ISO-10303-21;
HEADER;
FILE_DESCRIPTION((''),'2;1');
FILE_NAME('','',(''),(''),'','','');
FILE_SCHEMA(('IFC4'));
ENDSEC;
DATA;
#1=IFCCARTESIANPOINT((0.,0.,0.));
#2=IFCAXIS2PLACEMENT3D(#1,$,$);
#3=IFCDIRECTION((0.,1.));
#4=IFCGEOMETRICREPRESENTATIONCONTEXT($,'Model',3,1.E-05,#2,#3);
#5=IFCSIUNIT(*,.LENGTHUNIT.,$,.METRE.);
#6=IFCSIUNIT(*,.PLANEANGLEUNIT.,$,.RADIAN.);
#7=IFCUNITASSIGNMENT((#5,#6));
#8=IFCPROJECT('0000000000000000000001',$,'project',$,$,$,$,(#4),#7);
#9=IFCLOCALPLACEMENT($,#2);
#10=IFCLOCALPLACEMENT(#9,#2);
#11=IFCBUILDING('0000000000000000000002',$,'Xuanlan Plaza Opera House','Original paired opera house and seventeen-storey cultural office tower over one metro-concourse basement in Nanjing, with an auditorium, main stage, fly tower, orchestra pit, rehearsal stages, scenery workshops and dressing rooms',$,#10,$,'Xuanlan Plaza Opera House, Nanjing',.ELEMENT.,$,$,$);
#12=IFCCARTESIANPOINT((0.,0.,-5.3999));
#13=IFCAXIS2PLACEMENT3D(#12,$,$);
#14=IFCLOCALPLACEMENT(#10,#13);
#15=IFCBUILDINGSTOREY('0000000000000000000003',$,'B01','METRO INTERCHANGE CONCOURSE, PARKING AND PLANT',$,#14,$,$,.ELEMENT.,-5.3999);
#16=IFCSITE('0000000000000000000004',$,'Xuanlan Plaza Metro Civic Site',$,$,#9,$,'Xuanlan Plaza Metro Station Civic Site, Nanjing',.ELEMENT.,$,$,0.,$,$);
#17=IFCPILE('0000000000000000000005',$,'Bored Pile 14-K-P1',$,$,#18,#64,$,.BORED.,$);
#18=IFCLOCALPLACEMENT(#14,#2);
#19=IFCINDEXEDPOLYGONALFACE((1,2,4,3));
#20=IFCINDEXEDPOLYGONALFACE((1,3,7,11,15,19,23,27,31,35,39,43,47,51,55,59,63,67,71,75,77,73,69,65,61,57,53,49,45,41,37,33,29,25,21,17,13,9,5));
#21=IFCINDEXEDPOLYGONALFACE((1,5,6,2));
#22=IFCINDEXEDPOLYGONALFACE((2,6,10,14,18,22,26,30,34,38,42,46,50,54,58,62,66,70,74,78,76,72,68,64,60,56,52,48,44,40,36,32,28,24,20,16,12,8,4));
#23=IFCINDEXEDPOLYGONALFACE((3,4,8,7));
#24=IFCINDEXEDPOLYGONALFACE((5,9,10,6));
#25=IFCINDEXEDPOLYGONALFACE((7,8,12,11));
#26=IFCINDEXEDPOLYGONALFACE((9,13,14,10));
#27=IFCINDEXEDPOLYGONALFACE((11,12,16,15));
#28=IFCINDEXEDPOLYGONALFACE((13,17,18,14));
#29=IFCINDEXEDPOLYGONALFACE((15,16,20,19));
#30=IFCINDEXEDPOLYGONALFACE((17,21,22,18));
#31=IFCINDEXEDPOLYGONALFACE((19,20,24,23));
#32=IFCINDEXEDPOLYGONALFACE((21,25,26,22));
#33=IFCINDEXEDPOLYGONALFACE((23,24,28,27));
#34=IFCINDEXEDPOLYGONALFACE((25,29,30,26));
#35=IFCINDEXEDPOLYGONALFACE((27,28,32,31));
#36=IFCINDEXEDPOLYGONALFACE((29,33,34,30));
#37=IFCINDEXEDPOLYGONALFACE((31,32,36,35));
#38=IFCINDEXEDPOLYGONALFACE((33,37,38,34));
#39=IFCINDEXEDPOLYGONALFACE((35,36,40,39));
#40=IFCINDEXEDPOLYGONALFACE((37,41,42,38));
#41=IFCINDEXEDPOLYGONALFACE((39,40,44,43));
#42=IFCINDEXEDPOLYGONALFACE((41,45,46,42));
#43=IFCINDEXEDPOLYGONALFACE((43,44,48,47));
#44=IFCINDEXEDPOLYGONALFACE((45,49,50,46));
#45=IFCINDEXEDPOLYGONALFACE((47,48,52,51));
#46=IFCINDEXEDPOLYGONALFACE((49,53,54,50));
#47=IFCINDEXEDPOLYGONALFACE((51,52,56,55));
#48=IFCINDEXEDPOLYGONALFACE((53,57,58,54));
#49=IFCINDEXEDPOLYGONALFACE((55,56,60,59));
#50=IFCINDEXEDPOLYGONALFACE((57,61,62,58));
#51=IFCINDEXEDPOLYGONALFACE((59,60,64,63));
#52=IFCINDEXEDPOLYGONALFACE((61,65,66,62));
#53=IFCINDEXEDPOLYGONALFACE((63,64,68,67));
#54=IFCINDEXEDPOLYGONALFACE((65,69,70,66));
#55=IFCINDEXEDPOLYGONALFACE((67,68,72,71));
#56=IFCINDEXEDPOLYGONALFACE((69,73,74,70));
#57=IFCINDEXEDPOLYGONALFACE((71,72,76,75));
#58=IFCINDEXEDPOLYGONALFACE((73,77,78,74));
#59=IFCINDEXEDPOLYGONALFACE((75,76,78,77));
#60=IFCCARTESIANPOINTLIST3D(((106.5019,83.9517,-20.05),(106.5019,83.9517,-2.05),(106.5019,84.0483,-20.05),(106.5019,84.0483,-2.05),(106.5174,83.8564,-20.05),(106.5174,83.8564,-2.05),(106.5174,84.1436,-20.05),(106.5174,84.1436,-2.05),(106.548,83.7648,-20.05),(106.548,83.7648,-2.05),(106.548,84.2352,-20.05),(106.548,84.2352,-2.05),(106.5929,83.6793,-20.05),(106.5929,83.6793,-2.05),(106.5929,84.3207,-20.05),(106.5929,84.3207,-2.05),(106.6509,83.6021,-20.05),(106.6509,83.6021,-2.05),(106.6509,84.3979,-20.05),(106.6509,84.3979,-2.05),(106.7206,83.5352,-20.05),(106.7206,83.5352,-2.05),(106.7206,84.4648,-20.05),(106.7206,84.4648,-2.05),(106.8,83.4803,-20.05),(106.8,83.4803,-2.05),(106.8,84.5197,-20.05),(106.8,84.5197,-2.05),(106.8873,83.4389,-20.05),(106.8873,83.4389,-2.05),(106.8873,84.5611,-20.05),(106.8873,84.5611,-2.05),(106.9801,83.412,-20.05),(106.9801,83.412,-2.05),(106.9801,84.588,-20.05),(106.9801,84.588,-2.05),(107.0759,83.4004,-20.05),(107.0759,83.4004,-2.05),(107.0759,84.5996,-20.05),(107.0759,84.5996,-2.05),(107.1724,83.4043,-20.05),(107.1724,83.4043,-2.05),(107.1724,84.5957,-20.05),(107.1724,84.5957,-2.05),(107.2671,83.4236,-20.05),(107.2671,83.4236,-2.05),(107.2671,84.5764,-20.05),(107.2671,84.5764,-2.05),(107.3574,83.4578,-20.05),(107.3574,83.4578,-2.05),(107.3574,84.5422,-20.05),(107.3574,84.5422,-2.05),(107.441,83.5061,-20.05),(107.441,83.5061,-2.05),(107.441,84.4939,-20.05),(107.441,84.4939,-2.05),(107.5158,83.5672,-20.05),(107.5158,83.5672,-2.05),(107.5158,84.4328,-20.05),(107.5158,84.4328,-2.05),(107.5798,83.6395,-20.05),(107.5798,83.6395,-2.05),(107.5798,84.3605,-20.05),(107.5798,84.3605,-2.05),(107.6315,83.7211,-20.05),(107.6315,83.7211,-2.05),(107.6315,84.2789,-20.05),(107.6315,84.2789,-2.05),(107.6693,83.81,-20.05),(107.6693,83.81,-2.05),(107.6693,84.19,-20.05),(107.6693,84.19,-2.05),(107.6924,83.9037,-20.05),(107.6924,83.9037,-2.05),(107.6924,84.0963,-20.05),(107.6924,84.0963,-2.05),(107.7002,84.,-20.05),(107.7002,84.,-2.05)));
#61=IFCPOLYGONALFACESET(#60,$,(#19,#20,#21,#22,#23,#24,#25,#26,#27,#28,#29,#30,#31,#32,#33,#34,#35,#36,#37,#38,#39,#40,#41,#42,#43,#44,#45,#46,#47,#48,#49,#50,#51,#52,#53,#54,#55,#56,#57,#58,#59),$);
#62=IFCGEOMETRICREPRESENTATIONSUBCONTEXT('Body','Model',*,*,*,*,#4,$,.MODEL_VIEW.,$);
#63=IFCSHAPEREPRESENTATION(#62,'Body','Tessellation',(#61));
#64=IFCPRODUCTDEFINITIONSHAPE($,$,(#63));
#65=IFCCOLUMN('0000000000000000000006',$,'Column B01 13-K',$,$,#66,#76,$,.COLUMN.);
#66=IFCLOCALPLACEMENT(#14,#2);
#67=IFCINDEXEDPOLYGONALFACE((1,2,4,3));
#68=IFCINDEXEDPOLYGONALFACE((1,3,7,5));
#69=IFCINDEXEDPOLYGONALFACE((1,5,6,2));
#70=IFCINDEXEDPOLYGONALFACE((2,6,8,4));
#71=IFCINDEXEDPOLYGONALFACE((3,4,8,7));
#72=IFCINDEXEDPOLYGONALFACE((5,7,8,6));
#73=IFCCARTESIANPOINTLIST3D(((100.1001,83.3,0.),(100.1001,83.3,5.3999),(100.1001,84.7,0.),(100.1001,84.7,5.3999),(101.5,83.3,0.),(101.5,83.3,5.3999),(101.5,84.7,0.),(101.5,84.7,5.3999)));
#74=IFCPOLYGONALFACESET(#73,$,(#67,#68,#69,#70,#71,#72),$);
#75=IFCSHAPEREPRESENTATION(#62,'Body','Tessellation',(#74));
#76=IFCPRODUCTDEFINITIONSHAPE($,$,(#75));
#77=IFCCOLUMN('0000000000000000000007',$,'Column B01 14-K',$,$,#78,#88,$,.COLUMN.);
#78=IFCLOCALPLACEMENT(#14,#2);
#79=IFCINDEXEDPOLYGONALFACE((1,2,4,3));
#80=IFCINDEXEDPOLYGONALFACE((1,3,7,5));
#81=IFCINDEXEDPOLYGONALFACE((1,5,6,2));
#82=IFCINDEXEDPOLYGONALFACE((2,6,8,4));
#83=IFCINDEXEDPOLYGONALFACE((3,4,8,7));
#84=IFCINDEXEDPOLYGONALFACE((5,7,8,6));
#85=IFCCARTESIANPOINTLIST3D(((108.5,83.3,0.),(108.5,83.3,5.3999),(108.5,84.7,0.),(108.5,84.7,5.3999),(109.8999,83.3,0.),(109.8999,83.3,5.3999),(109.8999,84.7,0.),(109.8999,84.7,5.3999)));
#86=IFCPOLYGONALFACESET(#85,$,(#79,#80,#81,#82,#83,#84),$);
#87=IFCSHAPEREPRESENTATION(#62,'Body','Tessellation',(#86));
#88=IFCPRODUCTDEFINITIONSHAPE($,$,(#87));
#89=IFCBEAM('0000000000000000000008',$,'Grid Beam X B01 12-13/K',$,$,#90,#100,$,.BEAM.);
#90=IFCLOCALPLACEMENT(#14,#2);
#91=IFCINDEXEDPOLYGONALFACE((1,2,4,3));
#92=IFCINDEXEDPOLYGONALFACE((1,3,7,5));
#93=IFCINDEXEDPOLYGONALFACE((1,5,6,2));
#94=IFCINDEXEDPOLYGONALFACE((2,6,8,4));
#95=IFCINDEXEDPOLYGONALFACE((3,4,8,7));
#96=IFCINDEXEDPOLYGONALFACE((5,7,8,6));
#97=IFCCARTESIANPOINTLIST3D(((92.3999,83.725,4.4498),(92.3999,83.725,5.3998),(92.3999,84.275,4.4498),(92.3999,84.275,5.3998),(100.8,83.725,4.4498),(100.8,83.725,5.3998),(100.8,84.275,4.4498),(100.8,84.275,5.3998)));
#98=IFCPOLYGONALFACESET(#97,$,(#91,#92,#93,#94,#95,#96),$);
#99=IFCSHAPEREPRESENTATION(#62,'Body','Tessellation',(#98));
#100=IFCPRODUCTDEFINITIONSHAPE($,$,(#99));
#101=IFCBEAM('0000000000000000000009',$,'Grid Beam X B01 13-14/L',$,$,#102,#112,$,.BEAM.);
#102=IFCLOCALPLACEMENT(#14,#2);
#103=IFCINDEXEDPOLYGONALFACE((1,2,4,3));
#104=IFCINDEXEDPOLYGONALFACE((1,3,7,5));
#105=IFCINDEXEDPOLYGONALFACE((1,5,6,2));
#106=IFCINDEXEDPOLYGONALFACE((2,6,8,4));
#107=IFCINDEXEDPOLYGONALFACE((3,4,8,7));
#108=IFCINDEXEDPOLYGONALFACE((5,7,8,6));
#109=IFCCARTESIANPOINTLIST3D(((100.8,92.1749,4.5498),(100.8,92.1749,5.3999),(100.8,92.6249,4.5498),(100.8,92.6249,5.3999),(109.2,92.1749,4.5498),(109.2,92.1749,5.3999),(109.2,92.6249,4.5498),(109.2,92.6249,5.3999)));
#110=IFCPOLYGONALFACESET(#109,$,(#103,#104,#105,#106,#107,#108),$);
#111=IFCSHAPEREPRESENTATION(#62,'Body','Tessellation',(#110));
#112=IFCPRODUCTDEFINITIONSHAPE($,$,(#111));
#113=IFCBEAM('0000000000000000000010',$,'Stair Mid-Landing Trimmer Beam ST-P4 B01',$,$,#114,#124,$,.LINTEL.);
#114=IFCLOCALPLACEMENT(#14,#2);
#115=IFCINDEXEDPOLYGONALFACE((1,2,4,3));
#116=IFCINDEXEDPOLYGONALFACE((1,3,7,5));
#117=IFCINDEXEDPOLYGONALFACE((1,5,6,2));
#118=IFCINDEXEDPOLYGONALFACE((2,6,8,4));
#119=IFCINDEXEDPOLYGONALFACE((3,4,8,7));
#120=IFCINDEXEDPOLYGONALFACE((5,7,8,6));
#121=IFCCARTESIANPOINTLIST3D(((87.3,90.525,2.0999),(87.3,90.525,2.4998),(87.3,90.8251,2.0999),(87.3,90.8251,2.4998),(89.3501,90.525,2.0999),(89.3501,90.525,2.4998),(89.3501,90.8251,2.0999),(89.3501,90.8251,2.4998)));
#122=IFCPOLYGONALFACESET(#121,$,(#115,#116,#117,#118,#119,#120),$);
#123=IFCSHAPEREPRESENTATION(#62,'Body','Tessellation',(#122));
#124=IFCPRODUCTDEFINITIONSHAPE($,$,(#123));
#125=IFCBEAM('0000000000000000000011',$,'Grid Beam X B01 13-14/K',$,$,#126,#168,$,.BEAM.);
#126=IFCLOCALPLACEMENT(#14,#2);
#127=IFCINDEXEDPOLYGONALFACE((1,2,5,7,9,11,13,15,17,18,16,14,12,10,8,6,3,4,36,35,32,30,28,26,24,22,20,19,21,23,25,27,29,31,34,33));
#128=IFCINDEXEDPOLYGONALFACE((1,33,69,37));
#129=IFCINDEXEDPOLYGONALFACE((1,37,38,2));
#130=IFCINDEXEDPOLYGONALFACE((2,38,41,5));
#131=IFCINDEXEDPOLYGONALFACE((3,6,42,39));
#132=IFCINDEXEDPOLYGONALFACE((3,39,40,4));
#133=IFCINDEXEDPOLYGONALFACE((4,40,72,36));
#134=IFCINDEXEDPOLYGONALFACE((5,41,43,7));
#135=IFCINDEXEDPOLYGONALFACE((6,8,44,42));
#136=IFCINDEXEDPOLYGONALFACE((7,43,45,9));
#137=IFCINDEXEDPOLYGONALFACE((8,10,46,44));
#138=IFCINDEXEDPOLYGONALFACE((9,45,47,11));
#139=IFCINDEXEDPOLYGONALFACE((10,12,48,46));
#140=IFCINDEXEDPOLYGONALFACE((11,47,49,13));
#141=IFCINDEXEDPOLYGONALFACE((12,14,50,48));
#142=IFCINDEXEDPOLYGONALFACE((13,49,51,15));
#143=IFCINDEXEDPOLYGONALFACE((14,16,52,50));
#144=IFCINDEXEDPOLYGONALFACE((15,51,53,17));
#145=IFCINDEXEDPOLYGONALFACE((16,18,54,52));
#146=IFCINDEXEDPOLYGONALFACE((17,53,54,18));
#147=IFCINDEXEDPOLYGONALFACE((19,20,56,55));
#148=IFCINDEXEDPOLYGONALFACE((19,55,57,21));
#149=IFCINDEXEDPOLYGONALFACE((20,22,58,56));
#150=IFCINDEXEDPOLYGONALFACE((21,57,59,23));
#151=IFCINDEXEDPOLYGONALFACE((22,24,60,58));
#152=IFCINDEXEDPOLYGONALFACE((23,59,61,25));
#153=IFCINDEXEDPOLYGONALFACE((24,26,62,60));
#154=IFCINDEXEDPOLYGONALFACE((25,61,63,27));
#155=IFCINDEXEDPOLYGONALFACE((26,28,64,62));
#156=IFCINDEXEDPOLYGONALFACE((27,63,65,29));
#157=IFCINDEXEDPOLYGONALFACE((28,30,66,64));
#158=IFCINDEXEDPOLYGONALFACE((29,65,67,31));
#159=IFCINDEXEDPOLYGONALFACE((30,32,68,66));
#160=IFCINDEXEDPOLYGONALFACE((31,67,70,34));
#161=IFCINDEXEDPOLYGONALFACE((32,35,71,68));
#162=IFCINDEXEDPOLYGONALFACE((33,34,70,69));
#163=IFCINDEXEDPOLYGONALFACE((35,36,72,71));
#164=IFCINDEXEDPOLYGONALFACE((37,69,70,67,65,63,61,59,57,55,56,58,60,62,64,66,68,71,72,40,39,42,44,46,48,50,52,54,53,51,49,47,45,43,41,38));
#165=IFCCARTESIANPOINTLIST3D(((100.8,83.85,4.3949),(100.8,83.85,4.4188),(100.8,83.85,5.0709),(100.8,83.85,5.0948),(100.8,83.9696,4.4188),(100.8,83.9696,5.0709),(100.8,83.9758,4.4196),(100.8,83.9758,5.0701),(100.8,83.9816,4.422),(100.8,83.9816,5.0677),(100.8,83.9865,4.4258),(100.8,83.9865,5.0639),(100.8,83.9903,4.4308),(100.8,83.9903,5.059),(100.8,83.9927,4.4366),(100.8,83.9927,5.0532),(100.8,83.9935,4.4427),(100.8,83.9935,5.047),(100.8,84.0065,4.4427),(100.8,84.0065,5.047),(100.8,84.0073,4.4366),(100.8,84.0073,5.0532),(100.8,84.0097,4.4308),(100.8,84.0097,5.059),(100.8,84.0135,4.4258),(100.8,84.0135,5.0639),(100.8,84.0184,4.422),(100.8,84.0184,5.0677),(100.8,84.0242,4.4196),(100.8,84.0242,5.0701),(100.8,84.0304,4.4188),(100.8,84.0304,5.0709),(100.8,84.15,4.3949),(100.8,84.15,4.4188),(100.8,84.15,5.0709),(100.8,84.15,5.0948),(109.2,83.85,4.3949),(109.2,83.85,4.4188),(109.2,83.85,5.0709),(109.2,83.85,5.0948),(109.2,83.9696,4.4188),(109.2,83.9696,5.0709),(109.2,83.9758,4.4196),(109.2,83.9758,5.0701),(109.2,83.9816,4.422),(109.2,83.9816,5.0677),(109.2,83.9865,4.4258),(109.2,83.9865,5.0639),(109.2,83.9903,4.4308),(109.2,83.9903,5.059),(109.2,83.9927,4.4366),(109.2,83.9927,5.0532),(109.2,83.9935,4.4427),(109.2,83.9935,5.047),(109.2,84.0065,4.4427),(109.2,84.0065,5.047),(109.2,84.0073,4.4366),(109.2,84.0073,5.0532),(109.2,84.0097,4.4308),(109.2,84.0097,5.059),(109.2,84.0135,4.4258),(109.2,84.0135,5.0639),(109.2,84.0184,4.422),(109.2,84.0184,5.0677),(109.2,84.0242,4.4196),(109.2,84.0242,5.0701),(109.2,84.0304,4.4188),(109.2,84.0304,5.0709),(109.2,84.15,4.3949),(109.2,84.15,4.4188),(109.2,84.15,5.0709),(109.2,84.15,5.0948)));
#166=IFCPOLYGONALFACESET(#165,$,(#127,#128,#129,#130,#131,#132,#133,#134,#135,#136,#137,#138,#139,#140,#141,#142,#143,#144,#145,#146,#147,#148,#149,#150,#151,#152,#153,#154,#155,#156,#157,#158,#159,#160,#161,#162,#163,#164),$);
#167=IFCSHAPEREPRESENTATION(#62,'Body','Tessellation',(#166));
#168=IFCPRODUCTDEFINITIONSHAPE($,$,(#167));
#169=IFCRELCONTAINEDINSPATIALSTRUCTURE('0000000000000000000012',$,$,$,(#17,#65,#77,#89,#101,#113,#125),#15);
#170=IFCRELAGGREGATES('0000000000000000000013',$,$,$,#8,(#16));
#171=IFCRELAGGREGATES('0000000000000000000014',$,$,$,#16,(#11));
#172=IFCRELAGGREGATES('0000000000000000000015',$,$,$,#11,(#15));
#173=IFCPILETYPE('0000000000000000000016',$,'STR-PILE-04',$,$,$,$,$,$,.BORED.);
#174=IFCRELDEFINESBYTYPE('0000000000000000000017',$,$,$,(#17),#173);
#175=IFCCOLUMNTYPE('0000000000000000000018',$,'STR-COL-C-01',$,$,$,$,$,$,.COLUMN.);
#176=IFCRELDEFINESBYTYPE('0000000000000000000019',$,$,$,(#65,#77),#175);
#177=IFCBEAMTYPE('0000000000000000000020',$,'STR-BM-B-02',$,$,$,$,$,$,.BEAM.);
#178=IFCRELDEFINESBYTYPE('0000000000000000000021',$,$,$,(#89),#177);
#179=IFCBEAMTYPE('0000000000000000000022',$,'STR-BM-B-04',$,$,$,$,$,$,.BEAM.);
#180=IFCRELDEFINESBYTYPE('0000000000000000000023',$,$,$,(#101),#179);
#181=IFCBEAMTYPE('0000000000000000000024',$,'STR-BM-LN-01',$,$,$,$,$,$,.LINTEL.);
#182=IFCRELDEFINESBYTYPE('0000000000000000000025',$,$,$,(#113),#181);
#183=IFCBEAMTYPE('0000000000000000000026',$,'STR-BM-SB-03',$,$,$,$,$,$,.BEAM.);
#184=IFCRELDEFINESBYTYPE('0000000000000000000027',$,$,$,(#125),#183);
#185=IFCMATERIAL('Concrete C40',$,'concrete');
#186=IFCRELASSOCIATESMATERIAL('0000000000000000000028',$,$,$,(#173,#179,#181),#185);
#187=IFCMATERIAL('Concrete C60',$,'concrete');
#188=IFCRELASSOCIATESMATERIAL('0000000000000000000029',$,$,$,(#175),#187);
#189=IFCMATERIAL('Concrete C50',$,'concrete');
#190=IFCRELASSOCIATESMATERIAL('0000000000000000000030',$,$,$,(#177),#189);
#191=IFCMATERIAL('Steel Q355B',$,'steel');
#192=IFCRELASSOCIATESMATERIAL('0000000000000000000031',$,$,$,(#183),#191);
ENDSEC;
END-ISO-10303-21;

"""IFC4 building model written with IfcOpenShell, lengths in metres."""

from ifc_helpers import new_model, si_unit, direction, frame, origin, origin_2d, place, context, subcontext, project, spatial, rectangle, circle, i_section, extrude, material, material_profile, profile_set, type_object, element, save


model = new_model("IFC4")

# Units and contexts
model_context = context("Model", 3, precision=1e-05, world=origin(), true_north=direction((0.0, 1.0)))
body_context = subcontext(model_context, "Body", "Model", "MODEL_VIEW")
ifc_project = project(units=[si_unit("LENGTHUNIT", "METRE"), si_unit("PLANEANGLEUNIT", "RADIAN")], contexts=[model_context])

# Site, building, storey
site_placement = place(None, origin())
site = spatial("IfcSite", under=ifc_project, at=site_placement, Name="Xuanlan Plaza Metro Civic Site", LongName="Xuanlan Plaza Metro Station Civic Site, Nanjing", CompositionType="ELEMENT", RefElevation=0.0)
building_placement = place(site_placement, origin())
building = spatial("IfcBuilding", under=site, at=building_placement, Name="Xuanlan Plaza Opera House", Description="Original paired opera house and seventeen-storey cultural office tower over one metro-concourse basement in Nanjing, with an auditorium, main stage, fly tower, orchestra pit, rehearsal stages, scenery workshops and dressing rooms", LongName="Xuanlan Plaza Opera House, Nanjing", CompositionType="ELEMENT")
storey_placement = place(building_placement, frame((0.0, 0.0, -5.3999)))
storey = spatial("IfcBuildingStorey", under=building, at=storey_placement, Name="B01", Description="METRO INTERCHANGE CONCOURSE, PARKING AND PLANT", CompositionType="ELEMENT", Elevation=-5.3999)

# Shared definitions
ifc_material_1 = material(Name="Concrete C50", Category="concrete")

# Pile
ifc_material_2 = material(Name="Concrete C40", Category="concrete")
ifc_material_profile_1 = material_profile(ifc_material_2, circle(Radius=0.6001, at=origin_2d()), Name="PILE D1200")
ifc_profile_set_1 = profile_set([ifc_material_profile_1], Name="Concrete C40")
pile_type = type_object("IfcPileType", Name="STR-PILE-04", PredefinedType="BORED", material=ifc_profile_set_1)
for number, where, z_axis, x_axis, name in (
    (1, (107.1001, 84.0, -2.05), (0.0, 0.0, -1.0), (1.0, 0.0, 0.0), "Bored Pile 14-K-P1"),
):
    element("IfcPile", number, at=place(storey_placement, frame(where, z_axis=z_axis, x_axis=x_axis)), inside=storey, type_object=pile_type, Name=name, PredefinedType="BORED", context=body_context, shape_type="SweptSolid", body=[
        extrude(circle(Radius=0.6001, at=origin_2d()), origin(), (0.0, 0.0, 1.0), 18.0),
    ])

# Columns
ifc_material_3 = material(Name="Concrete C60", Category="concrete")
ifc_material_profile_2 = material_profile(ifc_material_3, rectangle(XDim=1.3999, YDim=1.3999, at=origin_2d()), Name="RC-COL 1400x1400")
ifc_profile_set_2 = profile_set([ifc_material_profile_2], Name="Concrete C60")
column_type = type_object("IfcColumnType", Name="STR-COL-C-01", PredefinedType="COLUMN", material=ifc_profile_set_2)
for number, where, z_axis, x_axis, name in (
    (2, (100.8, 84.0, 0.0), (0.0, 0.0, 1.0), (1.0, 0.0, 0.0), "Column B01 13-K"),
    (3, (109.2, 84.0, 0.0), (0.0, 0.0, 1.0), (1.0, 0.0, 0.0), "Column B01 14-K"),
):
    element("IfcColumn", number, at=place(storey_placement, frame(where, z_axis=z_axis, x_axis=x_axis)), inside=storey, type_object=column_type, Name=name, PredefinedType="COLUMN", context=body_context, shape_type="SweptSolid", body=[
        extrude(rectangle(XDim=1.3999, YDim=1.3999, at=origin_2d()), origin(), (0.0, 0.0, 1.0), 5.3999),
    ])

# Beams
ifc_material_profile_3 = material_profile(ifc_material_1, rectangle(XDim=0.55, YDim=0.95, at=origin_2d()), Name="RC-BM 550x950")
ifc_profile_set_3 = profile_set([ifc_material_profile_3], Name="Concrete C50")
beam_type_1 = type_object("IfcBeamType", Name="STR-BM-B-02", PredefinedType="BEAM", material=ifc_profile_set_3)
beam_1_placement = place(storey_placement, frame((92.3999, 84.0, 4.9248), z_axis=(1.0, 0.0, 0.0), x_axis=(0.0, 1.0, 0.0)))
element("IfcBeam", 4, at=beam_1_placement, inside=storey, type_object=beam_type_1, Name="Grid Beam X B01 12-13/K", PredefinedType="BEAM", context=body_context, shape_type="SweptSolid", body=[
    extrude(rectangle(XDim=0.55, YDim=0.95, at=origin_2d()), origin(), (0.0, 0.0, 1.0), 8.4001),
])
ifc_material_profile_4 = material_profile(ifc_material_2, rectangle(XDim=0.45, YDim=0.8501, at=origin_2d()), Name="RC-BM 450x850")
ifc_profile_set_4 = profile_set([ifc_material_profile_4], Name="Concrete C40")
beam_type_2 = type_object("IfcBeamType", Name="STR-BM-B-04", PredefinedType="BEAM", material=ifc_profile_set_4)
beam_2_placement = place(storey_placement, frame((100.8, 92.3999, 4.9749), z_axis=(1.0, 0.0, 0.0), x_axis=(0.0, 1.0, 0.0)))
element("IfcBeam", 5, at=beam_2_placement, inside=storey, type_object=beam_type_2, Name="Grid Beam X B01 13-14/L", PredefinedType="BEAM", context=body_context, shape_type="SweptSolid", body=[
    extrude(rectangle(XDim=0.45, YDim=0.8501, at=origin_2d()), origin(), (0.0, 0.0, 1.0), 8.3999),
])
ifc_material_profile_5 = material_profile(ifc_material_2, rectangle(XDim=0.3, YDim=0.3999, at=origin_2d()), Name="RC-LNT 300x400")
ifc_profile_set_5 = profile_set([ifc_material_profile_5], Name="Concrete C40")
beam_type_3 = type_object("IfcBeamType", Name="STR-BM-LN-01", PredefinedType="LINTEL", material=ifc_profile_set_5)
beam_3_placement = place(storey_placement, frame((87.3, 90.675, 2.2998), z_axis=(1.0, 0.0, 0.0), x_axis=(0.0, 1.0, 0.0)))
element("IfcBeam", 6, at=beam_3_placement, inside=storey, type_object=beam_type_3, Name="Stair Mid-Landing Trimmer Beam ST-P4 B01", PredefinedType="LINTEL", context=body_context, shape_type="SweptSolid", body=[
    extrude(rectangle(XDim=0.3, YDim=0.3999, at=origin_2d()), origin(), (0.0, 0.0, 1.0), 2.05),
])
ifc_material_4 = material(Name="Steel Q355B", Category="steel")
ifc_material_profile_6 = material_profile(ifc_material_4, i_section(OverallWidth=0.3, OverallDepth=0.7, WebThickness=0.0129, FlangeThickness=0.0239, FilletRadius=0.0239, at=origin_2d()), Name="HN 700x300x13x24")
ifc_profile_set_6 = profile_set([ifc_material_profile_6], Name="Steel Q355B")
beam_type_4 = type_object("IfcBeamType", Name="STR-BM-SB-03", PredefinedType="BEAM", material=ifc_profile_set_6)
beam_4_placement = place(storey_placement, frame((100.8, 84.0, 4.7449), z_axis=(1.0, 0.0, 0.0), x_axis=(0.0, 1.0, 0.0)))
element("IfcBeam", 7, at=beam_4_placement, inside=storey, type_object=beam_type_4, Name="Grid Beam X B01 13-14/K", PredefinedType="BEAM", context=body_context, shape_type="SweptSolid", body=[
    extrude(i_section(OverallWidth=0.3, OverallDepth=0.7, WebThickness=0.0129, FlangeThickness=0.0239, FilletRadius=0.0239, at=origin_2d()), origin(), (0.0, 0.0, 1.0), 8.3999),
])

save(model, "model.ifc")
